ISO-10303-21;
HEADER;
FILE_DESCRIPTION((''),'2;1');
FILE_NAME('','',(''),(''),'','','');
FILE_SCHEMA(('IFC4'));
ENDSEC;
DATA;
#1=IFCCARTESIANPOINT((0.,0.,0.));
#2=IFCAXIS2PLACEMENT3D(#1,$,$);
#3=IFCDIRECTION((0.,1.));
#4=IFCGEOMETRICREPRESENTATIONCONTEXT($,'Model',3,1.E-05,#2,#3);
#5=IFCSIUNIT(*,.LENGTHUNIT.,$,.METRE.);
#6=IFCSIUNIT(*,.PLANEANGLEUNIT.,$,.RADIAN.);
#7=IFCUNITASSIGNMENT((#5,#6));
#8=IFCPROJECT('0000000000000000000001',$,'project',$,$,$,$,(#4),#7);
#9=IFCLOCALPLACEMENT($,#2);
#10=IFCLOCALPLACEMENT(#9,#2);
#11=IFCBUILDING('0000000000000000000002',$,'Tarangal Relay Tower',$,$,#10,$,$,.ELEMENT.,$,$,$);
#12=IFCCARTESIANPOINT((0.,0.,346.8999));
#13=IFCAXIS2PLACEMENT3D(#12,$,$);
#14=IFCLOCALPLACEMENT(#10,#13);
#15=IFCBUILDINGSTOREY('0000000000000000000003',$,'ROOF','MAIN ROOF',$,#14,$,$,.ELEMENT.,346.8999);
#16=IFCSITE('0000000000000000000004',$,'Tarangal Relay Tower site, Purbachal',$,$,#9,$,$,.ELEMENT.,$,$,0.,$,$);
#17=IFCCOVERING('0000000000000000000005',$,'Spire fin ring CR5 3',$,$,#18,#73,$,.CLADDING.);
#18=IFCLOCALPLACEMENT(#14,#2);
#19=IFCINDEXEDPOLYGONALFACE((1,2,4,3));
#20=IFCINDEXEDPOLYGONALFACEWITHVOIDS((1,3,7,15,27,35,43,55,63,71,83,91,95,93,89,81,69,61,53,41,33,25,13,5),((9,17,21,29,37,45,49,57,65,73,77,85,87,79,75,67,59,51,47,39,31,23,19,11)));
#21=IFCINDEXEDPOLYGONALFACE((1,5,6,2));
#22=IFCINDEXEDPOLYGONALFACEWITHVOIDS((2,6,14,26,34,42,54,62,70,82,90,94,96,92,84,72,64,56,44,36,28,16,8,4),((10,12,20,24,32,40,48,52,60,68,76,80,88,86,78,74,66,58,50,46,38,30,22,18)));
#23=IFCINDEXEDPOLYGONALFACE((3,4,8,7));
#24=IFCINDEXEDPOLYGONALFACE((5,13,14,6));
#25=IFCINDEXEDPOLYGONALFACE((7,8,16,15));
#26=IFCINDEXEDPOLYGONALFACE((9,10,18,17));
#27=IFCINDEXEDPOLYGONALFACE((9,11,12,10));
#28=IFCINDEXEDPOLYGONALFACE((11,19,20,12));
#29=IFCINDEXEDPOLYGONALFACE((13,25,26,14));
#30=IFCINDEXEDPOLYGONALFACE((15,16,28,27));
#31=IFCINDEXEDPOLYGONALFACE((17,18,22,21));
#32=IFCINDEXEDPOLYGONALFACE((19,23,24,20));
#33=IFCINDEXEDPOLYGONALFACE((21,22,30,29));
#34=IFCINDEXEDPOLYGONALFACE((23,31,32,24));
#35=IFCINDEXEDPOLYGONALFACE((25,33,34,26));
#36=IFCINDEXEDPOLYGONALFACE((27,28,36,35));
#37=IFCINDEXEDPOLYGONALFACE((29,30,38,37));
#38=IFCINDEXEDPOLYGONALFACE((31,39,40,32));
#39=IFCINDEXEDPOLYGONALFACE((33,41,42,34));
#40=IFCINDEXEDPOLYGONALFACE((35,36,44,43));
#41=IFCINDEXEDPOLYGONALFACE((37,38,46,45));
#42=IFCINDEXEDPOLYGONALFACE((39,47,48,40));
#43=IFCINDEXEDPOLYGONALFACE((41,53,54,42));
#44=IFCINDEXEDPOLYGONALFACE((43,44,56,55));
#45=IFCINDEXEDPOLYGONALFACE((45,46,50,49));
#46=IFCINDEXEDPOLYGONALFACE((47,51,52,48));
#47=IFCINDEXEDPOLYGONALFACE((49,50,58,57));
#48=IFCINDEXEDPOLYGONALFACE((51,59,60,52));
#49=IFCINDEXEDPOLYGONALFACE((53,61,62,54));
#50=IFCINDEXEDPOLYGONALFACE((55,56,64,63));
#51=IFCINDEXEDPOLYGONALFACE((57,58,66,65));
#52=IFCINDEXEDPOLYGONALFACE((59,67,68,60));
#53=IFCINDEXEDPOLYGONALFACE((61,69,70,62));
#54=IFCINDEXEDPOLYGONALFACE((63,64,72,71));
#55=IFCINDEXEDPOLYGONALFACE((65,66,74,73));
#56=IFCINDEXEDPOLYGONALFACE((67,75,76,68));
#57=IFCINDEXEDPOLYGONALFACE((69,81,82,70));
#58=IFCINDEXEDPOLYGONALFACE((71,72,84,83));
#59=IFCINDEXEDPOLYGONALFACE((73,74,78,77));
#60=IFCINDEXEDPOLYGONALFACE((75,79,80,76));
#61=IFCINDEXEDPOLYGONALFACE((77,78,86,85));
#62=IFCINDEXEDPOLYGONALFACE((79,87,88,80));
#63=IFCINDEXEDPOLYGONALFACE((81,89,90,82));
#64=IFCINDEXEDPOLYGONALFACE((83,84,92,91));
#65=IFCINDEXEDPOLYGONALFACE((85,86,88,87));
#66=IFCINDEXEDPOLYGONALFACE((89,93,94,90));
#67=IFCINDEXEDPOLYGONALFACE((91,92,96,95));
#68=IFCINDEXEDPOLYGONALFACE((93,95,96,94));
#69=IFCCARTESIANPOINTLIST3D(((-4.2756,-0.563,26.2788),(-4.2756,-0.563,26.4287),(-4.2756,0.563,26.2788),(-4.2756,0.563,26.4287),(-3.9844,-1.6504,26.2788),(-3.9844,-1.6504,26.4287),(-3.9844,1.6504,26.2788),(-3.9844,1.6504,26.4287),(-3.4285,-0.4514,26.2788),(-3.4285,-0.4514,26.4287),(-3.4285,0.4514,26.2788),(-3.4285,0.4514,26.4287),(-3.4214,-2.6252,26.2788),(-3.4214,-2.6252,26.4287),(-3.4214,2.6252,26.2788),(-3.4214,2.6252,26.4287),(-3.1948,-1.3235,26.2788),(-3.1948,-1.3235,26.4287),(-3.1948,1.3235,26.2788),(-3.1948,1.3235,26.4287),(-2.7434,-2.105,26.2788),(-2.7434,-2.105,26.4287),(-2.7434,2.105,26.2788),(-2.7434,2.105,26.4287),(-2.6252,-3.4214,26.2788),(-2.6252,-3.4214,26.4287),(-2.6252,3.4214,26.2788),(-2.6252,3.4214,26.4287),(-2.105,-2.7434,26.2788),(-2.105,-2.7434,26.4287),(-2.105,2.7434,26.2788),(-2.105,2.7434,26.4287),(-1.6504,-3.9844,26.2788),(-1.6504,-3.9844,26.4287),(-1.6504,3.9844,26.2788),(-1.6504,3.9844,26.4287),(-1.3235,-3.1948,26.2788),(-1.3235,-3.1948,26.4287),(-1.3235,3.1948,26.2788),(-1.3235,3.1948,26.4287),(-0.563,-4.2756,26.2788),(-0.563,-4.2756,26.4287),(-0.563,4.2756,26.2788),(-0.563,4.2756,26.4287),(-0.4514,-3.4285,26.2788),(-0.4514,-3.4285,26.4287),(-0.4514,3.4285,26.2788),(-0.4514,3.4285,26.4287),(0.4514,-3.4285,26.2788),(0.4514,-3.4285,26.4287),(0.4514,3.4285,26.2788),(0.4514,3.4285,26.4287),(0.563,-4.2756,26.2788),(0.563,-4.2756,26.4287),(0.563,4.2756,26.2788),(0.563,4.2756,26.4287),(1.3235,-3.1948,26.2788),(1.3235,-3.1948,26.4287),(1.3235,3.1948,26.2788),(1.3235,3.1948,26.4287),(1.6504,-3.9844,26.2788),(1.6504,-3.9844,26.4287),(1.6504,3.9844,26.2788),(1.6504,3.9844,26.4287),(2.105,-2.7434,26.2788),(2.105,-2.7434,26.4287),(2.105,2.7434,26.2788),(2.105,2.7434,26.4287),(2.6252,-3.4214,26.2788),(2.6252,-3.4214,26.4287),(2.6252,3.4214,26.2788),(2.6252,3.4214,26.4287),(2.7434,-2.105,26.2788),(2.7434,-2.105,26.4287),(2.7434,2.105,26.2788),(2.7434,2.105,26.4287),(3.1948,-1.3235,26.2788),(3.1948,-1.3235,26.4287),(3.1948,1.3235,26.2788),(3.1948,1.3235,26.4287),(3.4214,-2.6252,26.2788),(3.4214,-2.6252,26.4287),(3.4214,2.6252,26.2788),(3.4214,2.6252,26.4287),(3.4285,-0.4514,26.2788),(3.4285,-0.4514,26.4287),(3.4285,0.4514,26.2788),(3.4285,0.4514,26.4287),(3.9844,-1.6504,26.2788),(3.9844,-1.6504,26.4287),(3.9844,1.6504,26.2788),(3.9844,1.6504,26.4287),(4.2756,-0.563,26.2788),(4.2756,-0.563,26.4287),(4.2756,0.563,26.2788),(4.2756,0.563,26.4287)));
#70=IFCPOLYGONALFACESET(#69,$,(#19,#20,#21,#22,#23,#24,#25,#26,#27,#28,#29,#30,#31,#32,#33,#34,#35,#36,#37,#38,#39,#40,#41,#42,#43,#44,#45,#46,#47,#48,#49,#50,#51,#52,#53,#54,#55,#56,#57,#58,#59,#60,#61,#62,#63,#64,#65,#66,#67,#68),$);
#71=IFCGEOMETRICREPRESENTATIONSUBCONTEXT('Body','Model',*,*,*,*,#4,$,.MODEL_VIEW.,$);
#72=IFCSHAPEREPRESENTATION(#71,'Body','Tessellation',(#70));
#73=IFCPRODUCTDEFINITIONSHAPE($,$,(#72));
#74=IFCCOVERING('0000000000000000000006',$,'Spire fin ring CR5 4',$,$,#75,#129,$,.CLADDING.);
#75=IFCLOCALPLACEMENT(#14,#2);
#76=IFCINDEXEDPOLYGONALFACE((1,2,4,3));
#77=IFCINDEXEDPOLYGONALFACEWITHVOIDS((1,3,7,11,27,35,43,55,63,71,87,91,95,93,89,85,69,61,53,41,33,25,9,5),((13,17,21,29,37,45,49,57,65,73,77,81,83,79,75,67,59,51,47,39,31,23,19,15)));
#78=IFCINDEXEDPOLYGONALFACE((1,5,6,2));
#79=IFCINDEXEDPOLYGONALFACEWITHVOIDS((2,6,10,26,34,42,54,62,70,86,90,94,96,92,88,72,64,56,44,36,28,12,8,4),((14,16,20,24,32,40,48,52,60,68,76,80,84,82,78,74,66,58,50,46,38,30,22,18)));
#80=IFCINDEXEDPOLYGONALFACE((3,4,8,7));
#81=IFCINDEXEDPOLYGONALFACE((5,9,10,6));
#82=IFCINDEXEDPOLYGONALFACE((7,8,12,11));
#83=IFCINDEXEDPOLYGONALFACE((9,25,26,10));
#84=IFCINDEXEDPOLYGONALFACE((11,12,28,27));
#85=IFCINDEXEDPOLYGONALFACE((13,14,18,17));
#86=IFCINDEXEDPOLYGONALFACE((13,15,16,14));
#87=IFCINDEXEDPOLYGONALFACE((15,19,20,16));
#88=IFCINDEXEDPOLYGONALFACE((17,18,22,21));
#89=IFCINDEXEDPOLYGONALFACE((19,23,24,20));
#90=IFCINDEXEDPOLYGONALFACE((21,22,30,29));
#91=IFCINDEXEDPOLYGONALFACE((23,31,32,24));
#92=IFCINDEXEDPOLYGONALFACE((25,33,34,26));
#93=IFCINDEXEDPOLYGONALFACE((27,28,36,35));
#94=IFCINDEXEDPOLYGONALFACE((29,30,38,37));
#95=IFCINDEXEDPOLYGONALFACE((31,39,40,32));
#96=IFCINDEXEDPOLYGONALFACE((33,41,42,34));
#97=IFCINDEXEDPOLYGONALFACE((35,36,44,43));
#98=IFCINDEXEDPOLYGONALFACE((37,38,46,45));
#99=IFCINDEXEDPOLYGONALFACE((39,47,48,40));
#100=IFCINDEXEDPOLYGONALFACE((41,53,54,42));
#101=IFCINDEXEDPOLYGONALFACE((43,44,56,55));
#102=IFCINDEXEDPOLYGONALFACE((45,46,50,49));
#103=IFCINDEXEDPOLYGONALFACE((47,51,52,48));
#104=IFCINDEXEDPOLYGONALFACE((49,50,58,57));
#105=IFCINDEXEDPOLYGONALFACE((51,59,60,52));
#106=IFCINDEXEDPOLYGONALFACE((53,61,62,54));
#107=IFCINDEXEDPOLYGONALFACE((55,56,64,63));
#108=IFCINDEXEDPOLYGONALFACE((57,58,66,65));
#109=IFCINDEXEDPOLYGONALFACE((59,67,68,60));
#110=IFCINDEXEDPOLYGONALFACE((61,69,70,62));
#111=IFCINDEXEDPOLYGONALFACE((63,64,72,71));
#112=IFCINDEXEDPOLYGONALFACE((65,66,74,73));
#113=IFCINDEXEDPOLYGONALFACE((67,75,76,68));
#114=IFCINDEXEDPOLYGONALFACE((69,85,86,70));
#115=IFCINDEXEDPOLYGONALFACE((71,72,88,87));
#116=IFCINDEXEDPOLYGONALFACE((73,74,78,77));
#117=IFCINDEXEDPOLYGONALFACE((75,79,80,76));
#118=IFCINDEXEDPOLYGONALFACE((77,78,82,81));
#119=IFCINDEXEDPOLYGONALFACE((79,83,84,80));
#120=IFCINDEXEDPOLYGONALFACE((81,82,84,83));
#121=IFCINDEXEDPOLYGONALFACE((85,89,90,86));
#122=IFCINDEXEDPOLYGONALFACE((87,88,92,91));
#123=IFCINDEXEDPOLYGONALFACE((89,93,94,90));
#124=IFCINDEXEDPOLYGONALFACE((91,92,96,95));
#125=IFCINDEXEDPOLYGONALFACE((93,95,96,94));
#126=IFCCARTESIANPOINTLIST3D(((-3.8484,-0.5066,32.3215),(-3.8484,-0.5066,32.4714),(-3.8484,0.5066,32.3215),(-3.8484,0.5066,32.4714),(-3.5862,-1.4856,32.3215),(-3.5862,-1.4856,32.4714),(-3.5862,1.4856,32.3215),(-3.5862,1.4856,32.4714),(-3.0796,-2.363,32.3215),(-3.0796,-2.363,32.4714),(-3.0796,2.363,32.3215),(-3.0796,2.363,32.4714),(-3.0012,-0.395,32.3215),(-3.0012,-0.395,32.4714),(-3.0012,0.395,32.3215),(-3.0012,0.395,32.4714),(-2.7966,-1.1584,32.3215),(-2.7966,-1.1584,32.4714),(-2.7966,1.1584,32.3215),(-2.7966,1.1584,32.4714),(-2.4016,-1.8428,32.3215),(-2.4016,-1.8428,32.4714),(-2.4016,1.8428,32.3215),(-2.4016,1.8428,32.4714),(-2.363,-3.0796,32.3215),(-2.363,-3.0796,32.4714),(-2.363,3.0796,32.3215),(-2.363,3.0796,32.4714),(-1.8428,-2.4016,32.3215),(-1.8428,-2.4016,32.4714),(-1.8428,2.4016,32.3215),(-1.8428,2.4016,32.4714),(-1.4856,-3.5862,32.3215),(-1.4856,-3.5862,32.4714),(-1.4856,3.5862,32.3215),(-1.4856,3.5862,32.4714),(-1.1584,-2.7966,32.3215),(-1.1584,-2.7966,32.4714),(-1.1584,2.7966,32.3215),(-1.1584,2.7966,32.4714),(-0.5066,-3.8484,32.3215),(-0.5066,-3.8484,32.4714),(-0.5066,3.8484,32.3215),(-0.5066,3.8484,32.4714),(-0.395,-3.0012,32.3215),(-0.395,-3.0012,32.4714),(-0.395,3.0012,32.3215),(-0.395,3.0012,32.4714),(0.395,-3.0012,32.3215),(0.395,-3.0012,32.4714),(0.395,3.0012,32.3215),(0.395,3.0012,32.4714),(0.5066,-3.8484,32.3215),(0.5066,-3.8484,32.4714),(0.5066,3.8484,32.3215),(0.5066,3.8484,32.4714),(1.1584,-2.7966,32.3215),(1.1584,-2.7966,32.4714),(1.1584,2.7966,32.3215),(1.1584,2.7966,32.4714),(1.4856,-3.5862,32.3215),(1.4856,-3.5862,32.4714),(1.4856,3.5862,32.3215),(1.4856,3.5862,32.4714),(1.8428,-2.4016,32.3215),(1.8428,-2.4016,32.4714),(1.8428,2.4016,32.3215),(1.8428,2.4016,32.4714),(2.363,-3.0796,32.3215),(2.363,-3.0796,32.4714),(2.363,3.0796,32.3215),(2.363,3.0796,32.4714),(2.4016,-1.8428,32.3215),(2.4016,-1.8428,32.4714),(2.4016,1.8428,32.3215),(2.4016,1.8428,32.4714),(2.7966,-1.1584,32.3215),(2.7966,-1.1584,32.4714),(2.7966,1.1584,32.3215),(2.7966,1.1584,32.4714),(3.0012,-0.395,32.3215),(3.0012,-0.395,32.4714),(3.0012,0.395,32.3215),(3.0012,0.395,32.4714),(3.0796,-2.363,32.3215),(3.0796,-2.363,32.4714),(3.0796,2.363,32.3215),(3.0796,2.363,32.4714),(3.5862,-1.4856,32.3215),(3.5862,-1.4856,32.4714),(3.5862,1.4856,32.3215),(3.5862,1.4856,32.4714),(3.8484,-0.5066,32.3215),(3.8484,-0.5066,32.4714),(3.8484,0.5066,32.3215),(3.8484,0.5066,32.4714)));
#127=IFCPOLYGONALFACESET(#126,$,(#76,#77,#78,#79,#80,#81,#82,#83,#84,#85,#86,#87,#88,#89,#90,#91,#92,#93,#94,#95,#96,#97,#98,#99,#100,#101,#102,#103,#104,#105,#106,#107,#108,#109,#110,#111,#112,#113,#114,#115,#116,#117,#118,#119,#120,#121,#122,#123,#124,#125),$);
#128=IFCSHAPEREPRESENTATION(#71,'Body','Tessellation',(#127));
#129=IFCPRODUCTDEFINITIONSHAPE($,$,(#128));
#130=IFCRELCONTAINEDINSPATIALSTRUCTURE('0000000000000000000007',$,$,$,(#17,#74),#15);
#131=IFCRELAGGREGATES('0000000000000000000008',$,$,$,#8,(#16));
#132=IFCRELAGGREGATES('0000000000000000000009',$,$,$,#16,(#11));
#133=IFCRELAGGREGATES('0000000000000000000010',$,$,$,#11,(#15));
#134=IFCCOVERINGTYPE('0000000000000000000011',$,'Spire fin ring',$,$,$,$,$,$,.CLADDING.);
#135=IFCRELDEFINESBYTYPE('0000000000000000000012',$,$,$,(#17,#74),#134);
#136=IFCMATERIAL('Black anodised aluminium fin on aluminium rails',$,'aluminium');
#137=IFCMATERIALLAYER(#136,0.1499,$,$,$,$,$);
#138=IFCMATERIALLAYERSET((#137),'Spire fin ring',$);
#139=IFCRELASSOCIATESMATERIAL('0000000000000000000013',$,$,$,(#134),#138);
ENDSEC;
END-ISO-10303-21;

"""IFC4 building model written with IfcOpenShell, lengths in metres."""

from ifc_helpers import new_model, si_unit, direction, frame, origin, place, context, subcontext, project, spatial, polyline, outline, extrude, material, layer, layer_set, type_object, element, save


model = new_model("IFC4")

# Units and contexts
model_context = context("Model", 3, precision=1e-05, world=origin(), true_north=direction((0.0, 1.0)))
body_context = subcontext(model_context, "Body", "Model", "MODEL_VIEW")
ifc_project = project(units=[si_unit("LENGTHUNIT", "METRE"), si_unit("PLANEANGLEUNIT", "RADIAN")], contexts=[model_context])

# Site, building, storey
site_placement = place(None, origin())
site = spatial("IfcSite", under=ifc_project, at=site_placement, Name="Tarangal Relay Tower site, Purbachal", CompositionType="ELEMENT", RefElevation=0.0)
building_placement = place(site_placement, origin())
building = spatial("IfcBuilding", under=site, at=building_placement, Name="Tarangal Relay Tower", CompositionType="ELEMENT")
storey_placement = place(building_placement, frame((0.0, 0.0, 346.8999)))
storey = spatial("IfcBuildingStorey", under=building, at=storey_placement, Name="ROOF", Description="MAIN ROOF", CompositionType="ELEMENT", Elevation=346.8999)

# Coverings
ifc_material_1 = material(Name="Black anodised aluminium fin on aluminium rails", Category="aluminium")
ifc_layer_1 = layer(ifc_material_1, 0.1499)
ifc_layer_set_1 = layer_set([ifc_layer_1], Name="Spire fin ring")
covering_type_1 = type_object("IfcCoveringType", Name="Spire fin ring", PredefinedType="CLADDING", material=ifc_layer_set_1)
covering_1_placement = place(storey_placement, frame((0.0, 0.0, 26.2788)))
element("IfcCovering", 1, at=covering_1_placement, inside=storey, type_object=covering_type_1, Name="Spire fin ring CR5 3", PredefinedType="CLADDING", context=body_context, shape_type="SweptSolid", body=[
    extrude(outline(polyline([(4.2756, 0.563), (3.9844, 1.6504), (3.4214, 2.6252), (2.6252, 3.4214), (1.6504, 3.9844), (0.563, 4.2756), (-0.563, 4.2756), (-1.6504, 3.9844), (-2.6252, 3.4214), (-3.4214, 2.6252), (-3.9844, 1.6504), (-4.2756, 0.563), (-4.2756, -0.563), (-3.9844, -1.6504), (-3.4214, -2.6252), (-2.6252, -3.4214), (-1.6504, -3.9844), (-0.563, -4.2756), (0.563, -4.2756), (1.6504, -3.9844), (2.6252, -3.4214), (3.4214, -2.6252), (3.9844, -1.6504), (4.2756, -0.563), (4.2756, 0.563)]), holes=[polyline([(3.4285, 0.4514), (3.1948, 1.3235), (2.7434, 2.105), (2.105, 2.7434), (1.3235, 3.1948), (0.4514, 3.4285), (-0.4514, 3.4285), (-1.3235, 3.1948), (-2.105, 2.7434), (-2.7434, 2.105), (-3.1948, 1.3235), (-3.4285, 0.4514), (-3.4285, -0.4514), (-3.1948, -1.3235), (-2.7434, -2.105), (-2.105, -2.7434), (-1.3235, -3.1948), (-0.4514, -3.4285), (0.4514, -3.4285), (1.3235, -3.1948), (2.105, -2.7434), (2.7434, -2.105), (3.1948, -1.3235), (3.4285, -0.4514), (3.4285, 0.4514)])]), origin(), (0.0, 0.0, 1.0), 0.1499),
])
covering_2_placement = place(storey_placement, frame((0.0, 0.0, 32.3215)))
element("IfcCovering", 2, at=covering_2_placement, inside=storey, type_object=covering_type_1, Name="Spire fin ring CR5 4", PredefinedType="CLADDING", context=body_context, shape_type="SweptSolid", body=[
    extrude(outline(polyline([(3.8484, 0.5066), (3.5862, 1.4856), (3.0796, 2.363), (2.363, 3.0796), (1.4856, 3.5862), (0.5066, 3.8484), (-0.5066, 3.8484), (-1.4856, 3.5862), (-2.363, 3.0796), (-3.0796, 2.363), (-3.5862, 1.4856), (-3.8484, 0.5066), (-3.8484, -0.5066), (-3.5862, -1.4856), (-3.0796, -2.363), (-2.363, -3.0796), (-1.4856, -3.5862), (-0.5066, -3.8484), (0.5066, -3.8484), (1.4856, -3.5862), (2.363, -3.0796), (3.0796, -2.363), (3.5862, -1.4856), (3.8484, -0.5066), (3.8484, 0.5066)]), holes=[polyline([(3.0012, 0.395), (2.7966, 1.1584), (2.4016, 1.8428), (1.8428, 2.4016), (1.1584, 2.7966), (0.395, 3.0012), (-0.395, 3.0012), (-1.1584, 2.7966), (-1.8428, 2.4016), (-2.4016, 1.8428), (-2.7966, 1.1584), (-3.0012, 0.395), (-3.0012, -0.395), (-2.7966, -1.1584), (-2.4016, -1.8428), (-1.8428, -2.4016), (-1.1584, -2.7966), (-0.395, -3.0012), (0.395, -3.0012), (1.1584, -2.7966), (1.8428, -2.4016), (2.4016, -1.8428), (2.7966, -1.1584), (3.0012, -0.395), (3.0012, 0.395)])]), origin(), (0.0, 0.0, 1.0), 0.1499),
])

save(model, "model.ifc")
